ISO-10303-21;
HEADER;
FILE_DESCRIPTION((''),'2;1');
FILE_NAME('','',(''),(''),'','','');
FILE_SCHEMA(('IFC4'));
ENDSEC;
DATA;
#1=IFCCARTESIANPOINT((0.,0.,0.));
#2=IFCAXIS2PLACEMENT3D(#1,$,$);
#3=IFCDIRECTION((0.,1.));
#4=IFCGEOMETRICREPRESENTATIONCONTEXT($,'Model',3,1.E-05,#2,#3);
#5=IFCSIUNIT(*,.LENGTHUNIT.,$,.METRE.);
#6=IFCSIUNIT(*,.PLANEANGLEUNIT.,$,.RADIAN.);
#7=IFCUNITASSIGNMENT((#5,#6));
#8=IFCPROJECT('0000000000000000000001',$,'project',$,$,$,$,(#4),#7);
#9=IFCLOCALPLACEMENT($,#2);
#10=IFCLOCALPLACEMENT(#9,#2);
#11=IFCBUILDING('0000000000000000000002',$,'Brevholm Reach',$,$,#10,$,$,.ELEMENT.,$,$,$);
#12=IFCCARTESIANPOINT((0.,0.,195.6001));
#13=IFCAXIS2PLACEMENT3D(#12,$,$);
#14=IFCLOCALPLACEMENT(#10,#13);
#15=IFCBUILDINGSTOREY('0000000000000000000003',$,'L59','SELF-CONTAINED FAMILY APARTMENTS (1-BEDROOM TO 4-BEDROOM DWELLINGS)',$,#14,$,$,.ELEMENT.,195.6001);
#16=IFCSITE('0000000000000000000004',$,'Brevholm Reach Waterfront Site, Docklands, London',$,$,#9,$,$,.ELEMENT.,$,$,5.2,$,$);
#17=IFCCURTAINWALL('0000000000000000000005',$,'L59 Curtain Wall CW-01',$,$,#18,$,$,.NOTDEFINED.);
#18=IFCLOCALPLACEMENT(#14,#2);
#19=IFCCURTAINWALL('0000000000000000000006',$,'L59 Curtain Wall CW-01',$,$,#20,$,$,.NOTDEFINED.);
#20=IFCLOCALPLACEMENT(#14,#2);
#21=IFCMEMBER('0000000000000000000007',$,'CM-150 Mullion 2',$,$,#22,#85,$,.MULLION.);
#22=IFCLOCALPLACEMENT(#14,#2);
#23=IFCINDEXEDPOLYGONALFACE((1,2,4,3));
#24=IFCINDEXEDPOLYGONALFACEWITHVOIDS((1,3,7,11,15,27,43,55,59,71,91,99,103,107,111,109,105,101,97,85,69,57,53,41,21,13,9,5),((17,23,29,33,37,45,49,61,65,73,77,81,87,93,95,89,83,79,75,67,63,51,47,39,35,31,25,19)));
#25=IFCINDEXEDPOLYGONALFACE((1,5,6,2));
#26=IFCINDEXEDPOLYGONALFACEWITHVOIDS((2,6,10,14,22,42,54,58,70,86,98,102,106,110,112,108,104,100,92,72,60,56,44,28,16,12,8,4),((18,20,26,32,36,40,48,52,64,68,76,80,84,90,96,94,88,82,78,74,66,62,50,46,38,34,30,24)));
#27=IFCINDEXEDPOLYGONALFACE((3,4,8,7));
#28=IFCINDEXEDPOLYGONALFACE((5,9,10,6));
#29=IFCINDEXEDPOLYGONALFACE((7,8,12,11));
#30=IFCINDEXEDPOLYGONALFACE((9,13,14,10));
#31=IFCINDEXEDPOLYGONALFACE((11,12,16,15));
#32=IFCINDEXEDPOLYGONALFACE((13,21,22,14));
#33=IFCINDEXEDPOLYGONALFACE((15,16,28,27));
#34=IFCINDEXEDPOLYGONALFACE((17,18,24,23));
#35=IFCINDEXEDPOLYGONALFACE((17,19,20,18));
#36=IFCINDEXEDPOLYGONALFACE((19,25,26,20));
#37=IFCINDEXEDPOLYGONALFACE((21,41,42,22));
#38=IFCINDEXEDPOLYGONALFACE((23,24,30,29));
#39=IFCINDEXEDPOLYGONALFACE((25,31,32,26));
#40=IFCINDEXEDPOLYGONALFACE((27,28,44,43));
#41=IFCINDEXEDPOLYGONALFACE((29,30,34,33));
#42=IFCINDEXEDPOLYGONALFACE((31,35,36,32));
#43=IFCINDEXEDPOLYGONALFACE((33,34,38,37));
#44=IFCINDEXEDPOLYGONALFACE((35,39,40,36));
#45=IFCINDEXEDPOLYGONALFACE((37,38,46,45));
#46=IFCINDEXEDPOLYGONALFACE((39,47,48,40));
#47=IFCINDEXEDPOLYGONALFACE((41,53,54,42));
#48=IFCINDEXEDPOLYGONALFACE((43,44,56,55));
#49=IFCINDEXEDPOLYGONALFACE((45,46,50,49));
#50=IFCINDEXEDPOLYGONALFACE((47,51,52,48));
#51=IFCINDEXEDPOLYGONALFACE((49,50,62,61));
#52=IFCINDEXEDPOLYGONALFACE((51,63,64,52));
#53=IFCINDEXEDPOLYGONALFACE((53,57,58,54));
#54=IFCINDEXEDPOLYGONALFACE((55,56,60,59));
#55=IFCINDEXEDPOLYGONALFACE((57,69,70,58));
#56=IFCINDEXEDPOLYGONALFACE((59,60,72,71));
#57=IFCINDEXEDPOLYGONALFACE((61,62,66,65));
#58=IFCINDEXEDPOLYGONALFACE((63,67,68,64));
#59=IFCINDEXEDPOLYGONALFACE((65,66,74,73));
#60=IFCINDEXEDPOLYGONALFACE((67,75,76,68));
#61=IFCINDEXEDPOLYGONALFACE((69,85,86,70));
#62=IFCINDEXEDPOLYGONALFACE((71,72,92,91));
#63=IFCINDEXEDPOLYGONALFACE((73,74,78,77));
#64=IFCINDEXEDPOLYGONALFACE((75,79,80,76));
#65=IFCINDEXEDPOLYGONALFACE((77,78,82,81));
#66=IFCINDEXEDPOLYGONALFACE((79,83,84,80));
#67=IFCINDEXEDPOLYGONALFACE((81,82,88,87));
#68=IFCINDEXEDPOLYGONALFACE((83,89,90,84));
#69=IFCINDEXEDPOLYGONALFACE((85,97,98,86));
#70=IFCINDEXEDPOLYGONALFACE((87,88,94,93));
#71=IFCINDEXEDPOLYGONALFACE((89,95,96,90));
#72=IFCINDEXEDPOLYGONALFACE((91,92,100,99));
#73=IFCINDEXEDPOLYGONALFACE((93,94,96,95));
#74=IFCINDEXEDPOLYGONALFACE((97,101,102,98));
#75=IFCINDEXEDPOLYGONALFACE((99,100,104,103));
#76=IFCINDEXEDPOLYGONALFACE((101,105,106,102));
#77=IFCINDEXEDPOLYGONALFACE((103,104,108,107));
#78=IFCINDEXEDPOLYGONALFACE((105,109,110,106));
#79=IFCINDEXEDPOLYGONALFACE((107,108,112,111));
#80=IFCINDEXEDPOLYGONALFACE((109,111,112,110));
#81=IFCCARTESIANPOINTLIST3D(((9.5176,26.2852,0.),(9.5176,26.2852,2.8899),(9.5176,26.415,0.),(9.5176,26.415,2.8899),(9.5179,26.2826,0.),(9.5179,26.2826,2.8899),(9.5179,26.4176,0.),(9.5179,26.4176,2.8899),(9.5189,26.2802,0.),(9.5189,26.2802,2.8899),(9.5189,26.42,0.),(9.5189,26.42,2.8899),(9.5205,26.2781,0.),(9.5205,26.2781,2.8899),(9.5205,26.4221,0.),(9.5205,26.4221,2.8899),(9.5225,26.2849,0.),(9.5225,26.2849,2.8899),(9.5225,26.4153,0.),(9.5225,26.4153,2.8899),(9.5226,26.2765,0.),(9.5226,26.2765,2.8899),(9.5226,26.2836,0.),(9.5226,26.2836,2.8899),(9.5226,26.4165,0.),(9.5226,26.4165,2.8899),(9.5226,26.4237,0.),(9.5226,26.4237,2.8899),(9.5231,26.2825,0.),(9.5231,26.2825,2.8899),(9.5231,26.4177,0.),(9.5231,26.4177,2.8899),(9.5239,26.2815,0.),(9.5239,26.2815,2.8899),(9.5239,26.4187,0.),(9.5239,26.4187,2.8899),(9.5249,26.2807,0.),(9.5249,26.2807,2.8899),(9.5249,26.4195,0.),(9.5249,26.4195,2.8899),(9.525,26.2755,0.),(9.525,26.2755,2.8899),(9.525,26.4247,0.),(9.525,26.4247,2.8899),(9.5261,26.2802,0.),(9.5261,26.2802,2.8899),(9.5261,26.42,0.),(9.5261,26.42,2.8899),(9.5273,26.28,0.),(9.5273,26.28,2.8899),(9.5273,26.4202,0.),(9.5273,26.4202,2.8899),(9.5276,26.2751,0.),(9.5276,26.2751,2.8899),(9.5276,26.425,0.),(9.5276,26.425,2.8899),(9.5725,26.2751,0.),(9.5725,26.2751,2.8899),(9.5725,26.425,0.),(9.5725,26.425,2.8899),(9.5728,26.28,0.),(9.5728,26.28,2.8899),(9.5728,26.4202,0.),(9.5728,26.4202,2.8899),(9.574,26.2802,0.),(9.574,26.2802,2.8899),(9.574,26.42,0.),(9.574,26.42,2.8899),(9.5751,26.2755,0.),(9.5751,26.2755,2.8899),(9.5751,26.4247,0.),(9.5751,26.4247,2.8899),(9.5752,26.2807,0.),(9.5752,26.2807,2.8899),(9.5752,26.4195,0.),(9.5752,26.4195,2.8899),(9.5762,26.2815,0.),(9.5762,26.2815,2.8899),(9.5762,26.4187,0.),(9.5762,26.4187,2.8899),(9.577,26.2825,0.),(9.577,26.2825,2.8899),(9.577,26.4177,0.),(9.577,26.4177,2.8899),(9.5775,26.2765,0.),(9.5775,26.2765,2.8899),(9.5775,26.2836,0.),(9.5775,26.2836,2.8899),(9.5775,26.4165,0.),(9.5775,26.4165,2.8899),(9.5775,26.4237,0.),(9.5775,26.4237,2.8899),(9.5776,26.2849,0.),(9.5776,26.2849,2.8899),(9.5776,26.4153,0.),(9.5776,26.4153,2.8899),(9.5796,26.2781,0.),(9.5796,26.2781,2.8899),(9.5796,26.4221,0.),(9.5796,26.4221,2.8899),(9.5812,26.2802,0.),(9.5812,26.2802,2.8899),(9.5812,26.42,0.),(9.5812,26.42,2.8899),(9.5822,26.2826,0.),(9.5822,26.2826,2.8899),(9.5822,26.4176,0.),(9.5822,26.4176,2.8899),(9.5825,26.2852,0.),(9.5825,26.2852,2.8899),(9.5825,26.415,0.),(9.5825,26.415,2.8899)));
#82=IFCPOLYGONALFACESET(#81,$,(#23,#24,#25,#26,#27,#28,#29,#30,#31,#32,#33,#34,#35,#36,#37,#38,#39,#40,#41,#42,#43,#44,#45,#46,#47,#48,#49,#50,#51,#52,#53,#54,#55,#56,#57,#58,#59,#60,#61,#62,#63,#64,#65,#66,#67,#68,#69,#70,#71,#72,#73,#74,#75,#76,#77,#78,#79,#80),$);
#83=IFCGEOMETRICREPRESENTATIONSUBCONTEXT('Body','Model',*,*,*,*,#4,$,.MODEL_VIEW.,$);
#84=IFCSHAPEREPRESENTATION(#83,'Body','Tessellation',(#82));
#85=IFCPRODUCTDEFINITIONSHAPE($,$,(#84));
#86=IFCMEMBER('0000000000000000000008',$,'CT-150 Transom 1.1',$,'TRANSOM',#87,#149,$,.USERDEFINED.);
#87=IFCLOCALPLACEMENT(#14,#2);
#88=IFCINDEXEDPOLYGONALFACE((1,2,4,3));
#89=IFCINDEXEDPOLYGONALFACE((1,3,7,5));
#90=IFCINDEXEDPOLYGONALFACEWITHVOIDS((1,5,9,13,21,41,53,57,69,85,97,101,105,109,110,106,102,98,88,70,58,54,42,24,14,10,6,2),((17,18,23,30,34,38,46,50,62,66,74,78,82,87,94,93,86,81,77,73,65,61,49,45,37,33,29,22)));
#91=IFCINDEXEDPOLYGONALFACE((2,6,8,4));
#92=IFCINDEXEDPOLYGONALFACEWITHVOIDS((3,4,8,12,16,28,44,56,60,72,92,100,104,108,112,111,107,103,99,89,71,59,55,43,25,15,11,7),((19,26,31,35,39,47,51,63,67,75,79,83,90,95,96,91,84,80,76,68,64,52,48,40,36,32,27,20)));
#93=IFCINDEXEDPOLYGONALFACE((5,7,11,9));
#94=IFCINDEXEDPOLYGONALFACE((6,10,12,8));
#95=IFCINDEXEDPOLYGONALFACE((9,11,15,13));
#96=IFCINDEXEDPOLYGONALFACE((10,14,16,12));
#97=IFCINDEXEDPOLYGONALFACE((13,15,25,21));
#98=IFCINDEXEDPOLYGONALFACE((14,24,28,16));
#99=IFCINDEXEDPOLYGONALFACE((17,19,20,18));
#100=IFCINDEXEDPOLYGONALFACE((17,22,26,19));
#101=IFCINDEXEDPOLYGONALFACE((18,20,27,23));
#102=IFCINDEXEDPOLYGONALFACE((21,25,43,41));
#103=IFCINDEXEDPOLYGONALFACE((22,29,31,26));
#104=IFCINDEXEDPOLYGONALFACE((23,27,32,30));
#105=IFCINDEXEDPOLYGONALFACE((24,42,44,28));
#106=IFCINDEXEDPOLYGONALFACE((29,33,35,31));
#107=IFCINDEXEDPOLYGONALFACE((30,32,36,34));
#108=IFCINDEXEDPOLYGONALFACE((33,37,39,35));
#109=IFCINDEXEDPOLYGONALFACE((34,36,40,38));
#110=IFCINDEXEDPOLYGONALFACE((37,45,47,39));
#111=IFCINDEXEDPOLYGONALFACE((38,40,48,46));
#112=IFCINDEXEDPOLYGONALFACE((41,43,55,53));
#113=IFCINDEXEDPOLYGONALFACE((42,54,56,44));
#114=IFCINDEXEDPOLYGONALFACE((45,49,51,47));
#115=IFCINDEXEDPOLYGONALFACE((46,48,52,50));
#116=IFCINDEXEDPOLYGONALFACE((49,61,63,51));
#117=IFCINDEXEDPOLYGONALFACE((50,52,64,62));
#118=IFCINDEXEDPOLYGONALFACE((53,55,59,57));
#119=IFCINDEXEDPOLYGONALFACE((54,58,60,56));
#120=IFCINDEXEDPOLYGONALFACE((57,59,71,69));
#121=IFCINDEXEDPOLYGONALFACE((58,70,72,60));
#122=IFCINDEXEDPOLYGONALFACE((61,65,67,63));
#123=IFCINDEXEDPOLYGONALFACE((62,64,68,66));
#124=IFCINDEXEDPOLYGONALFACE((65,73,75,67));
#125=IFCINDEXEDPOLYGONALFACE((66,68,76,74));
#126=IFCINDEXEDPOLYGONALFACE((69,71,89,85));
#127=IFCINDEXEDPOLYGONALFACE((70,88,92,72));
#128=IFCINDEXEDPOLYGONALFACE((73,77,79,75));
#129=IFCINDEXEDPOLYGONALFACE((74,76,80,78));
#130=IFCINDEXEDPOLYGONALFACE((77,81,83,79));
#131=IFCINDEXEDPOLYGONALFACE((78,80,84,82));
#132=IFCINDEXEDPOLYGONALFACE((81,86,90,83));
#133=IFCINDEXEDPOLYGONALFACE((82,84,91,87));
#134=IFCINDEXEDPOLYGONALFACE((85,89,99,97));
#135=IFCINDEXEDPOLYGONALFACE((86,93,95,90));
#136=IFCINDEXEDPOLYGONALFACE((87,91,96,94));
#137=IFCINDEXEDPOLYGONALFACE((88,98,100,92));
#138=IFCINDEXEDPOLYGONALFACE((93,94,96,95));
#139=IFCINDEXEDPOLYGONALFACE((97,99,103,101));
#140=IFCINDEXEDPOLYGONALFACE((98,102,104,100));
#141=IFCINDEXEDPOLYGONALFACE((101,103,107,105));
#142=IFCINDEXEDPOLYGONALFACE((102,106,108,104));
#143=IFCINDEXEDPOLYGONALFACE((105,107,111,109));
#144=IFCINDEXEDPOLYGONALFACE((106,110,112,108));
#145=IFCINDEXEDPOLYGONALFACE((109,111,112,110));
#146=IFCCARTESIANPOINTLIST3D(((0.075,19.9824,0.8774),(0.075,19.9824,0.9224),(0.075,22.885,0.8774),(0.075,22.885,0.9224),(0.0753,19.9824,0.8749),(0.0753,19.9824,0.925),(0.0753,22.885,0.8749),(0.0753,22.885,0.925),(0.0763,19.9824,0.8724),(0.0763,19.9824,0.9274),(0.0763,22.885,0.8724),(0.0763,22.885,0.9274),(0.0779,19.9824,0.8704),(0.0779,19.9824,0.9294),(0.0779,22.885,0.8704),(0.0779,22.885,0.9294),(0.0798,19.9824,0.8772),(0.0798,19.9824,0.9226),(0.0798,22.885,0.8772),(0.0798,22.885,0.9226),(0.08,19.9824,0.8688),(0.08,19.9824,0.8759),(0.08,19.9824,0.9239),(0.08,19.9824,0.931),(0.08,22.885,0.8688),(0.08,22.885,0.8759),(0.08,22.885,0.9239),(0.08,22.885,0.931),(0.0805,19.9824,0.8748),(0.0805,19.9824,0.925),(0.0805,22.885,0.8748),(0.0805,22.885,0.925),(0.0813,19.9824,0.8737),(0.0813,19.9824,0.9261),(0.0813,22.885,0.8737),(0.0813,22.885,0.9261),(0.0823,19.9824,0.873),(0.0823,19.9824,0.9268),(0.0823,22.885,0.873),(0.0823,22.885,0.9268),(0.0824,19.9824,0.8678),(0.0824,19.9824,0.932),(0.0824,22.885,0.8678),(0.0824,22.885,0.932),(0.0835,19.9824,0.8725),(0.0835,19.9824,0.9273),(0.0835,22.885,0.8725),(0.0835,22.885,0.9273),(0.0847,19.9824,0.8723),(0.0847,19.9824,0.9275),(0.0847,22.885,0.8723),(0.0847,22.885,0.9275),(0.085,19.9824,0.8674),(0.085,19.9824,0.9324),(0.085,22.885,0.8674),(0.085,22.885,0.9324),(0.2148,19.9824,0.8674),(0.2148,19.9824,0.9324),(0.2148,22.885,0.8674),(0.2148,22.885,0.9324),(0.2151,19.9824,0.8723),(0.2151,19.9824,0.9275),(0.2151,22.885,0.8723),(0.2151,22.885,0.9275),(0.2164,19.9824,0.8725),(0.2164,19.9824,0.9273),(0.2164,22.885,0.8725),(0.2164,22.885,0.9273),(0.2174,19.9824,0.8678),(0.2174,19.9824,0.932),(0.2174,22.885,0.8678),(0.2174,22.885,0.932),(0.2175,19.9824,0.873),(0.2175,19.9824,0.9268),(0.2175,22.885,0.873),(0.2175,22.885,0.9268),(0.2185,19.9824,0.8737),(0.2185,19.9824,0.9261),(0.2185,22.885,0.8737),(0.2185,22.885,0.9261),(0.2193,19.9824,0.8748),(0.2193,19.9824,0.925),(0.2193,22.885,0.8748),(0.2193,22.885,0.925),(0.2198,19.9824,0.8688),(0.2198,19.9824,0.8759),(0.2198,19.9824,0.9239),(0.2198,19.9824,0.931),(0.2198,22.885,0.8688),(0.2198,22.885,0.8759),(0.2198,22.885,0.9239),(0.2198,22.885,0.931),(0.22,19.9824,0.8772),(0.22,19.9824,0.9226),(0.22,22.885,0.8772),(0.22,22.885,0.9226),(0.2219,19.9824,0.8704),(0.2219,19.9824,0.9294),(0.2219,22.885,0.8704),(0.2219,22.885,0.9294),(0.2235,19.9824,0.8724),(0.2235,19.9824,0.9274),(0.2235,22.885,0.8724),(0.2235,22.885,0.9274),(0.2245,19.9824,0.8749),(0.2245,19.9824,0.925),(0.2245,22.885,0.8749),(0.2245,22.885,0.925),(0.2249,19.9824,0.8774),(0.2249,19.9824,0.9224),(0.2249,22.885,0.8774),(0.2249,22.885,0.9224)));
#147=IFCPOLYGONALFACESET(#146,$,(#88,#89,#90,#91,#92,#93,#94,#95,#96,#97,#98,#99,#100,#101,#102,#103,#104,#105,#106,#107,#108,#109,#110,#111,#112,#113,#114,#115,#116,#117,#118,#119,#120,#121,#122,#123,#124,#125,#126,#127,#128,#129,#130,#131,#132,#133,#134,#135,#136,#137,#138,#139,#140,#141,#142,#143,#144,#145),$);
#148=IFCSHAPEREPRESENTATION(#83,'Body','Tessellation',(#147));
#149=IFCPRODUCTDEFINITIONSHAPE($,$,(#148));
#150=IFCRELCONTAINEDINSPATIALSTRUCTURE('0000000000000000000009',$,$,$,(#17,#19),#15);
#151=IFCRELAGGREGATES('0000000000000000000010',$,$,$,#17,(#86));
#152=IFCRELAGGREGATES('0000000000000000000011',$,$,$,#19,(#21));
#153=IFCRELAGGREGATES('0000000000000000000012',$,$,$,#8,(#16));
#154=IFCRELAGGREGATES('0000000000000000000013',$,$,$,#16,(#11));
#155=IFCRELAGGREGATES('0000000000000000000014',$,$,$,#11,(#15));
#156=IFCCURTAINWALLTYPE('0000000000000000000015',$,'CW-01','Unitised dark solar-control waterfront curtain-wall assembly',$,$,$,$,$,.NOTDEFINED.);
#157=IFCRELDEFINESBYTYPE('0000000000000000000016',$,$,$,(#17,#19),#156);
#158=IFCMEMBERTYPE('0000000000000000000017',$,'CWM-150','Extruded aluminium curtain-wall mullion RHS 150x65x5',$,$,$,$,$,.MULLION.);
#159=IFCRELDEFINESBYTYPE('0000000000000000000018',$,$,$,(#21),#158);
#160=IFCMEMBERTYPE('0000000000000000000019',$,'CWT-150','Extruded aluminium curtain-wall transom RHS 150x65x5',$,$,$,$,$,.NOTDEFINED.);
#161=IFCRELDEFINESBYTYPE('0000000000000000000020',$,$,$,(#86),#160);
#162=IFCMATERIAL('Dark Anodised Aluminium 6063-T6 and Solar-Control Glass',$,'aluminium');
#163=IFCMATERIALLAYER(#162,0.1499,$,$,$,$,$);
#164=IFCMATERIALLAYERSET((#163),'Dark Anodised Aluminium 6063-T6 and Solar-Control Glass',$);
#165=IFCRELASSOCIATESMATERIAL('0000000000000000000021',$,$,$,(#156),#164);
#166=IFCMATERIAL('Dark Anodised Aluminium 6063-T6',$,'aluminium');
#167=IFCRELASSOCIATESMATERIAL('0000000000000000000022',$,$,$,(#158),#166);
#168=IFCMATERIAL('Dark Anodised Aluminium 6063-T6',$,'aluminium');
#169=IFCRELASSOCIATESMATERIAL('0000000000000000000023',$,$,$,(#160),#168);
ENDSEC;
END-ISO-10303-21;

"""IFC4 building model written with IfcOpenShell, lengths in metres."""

from ifc_helpers import new_model, si_unit, direction, frame, origin, origin_2d, place, context, subcontext, project, spatial, hollow_rectangle, extrude, material, layer, layer_set, material_profile, profile_set, type_object, element, aggregate, save


model = new_model("IFC4")

# Units and contexts
model_context = context("Model", 3, precision=1e-05, world=origin(), true_north=direction((0.0, 1.0)))
body_context = subcontext(model_context, "Body", "Model", "MODEL_VIEW")
ifc_project = project(units=[si_unit("LENGTHUNIT", "METRE"), si_unit("PLANEANGLEUNIT", "RADIAN")], contexts=[model_context])

# Site, building, storey
site_placement = place(None, origin())
site = spatial("IfcSite", under=ifc_project, at=site_placement, Name="Brevholm Reach Waterfront Site, Docklands, London", CompositionType="ELEMENT", RefElevation=5.2)
building_placement = place(site_placement, origin())
building = spatial("IfcBuilding", under=site, at=building_placement, Name="Brevholm Reach", CompositionType="ELEMENT")
storey_placement = place(building_placement, frame((0.0, 0.0, 195.6001)))
storey = spatial("IfcBuildingStorey", under=building, at=storey_placement, Name="L59", Description="SELF-CONTAINED FAMILY APARTMENTS (1-BEDROOM TO 4-BEDROOM DWELLINGS)", CompositionType="ELEMENT", Elevation=195.6001)

# Curtain wall
ifc_material_1 = material(Name="Dark Anodised Aluminium 6063-T6 and Solar-Control Glass", Category="aluminium")
ifc_layer_1 = layer(ifc_material_1, 0.1499)
ifc_layer_set_1 = layer_set([ifc_layer_1], Name="Dark Anodised Aluminium 6063-T6 and Solar-Control Glass")
curtain_wall_type = type_object("IfcCurtainWallType", Name="CW-01", Description="Unitised dark solar-control waterfront curtain-wall assembly", PredefinedType="NOTDEFINED", material=ifc_layer_set_1)
curtain_wall_1_placement = place(storey_placement, origin())
curtain_wall_1 = element("IfcCurtainWall", 1, at=curtain_wall_1_placement, inside=storey, type_object=curtain_wall_type, Name="L59 Curtain Wall CW-01", PredefinedType="NOTDEFINED")
ifc_material_2 = material(Name="Dark Anodised Aluminium 6063-T6", Category="aluminium")
ifc_material_profile_1 = material_profile(ifc_material_2, hollow_rectangle(XDim=0.0649, YDim=0.1499, WallThickness=0.0049, InnerFilletRadius=0.0049, OuterFilletRadius=0.01, at=origin_2d()), Name="RHS 150x65x5")
ifc_profile_set_1 = profile_set([ifc_material_profile_1], Name="Dark Anodised Aluminium 6063-T6")
member_type_1 = type_object("IfcMemberType", Name="CWM-150", Description="Extruded aluminium curtain-wall mullion RHS 150x65x5", PredefinedType="MULLION", material=ifc_profile_set_1)

# Curtain wall, member
curtain_wall_2_placement = place(storey_placement, origin())
curtain_wall_2 = element("IfcCurtainWall", 2, at=curtain_wall_2_placement, inside=storey, type_object=curtain_wall_type, Name="L59 Curtain Wall CW-01", PredefinedType="NOTDEFINED")
member_1_placement = place(storey_placement, frame((9.55, 26.3501, 0.0), z_axis=(0.0, 0.0, 1.0), x_axis=(1.0, 0.0, 0.0)))
member_1 = element("IfcMember", 3, at=member_1_placement, type_object=member_type_1, Name="CM-150 Mullion 2", PredefinedType="MULLION", context=body_context, shape_type="SweptSolid", body=[
    extrude(hollow_rectangle(XDim=0.0649, YDim=0.1499, WallThickness=0.0049, InnerFilletRadius=0.0049, OuterFilletRadius=0.01, at=origin_2d()), origin(), (0.0, 0.0, 1.0), 2.8899),
])

# Member
ifc_material_3 = material(Name="Dark Anodised Aluminium 6063-T6", Category="aluminium")
ifc_material_profile_2 = material_profile(ifc_material_3, hollow_rectangle(XDim=0.0649, YDim=0.1499, WallThickness=0.0049, InnerFilletRadius=0.0049, OuterFilletRadius=0.01, at=origin_2d()), Name="RHS 150x65x5")
ifc_profile_set_2 = profile_set([ifc_material_profile_2], Name="Dark Anodised Aluminium 6063-T6")
member_type_2 = type_object("IfcMemberType", Name="CWT-150", Description="Extruded aluminium curtain-wall transom RHS 150x65x5", PredefinedType="NOTDEFINED", material=ifc_profile_set_2)
member_2_placement = place(storey_placement, frame((0.1499, 22.885, 0.8999), z_axis=(0.0, -1.0, 0.0), x_axis=(0.0, 0.0, 1.0)))
member_2 = element("IfcMember", 4, at=member_2_placement, type_object=member_type_2, Name="CT-150 Transom 1.1", ObjectType="TRANSOM", PredefinedType="USERDEFINED", context=body_context, shape_type="SweptSolid", body=[
    extrude(hollow_rectangle(XDim=0.0649, YDim=0.1499, WallThickness=0.0049, InnerFilletRadius=0.0049, OuterFilletRadius=0.01, at=origin_2d()), origin(), (0.0, 0.0, 1.0), 2.9026),
])

aggregate(curtain_wall_1, [member_2])
aggregate(curtain_wall_2, [member_1])

save(model, "model.ifc")
